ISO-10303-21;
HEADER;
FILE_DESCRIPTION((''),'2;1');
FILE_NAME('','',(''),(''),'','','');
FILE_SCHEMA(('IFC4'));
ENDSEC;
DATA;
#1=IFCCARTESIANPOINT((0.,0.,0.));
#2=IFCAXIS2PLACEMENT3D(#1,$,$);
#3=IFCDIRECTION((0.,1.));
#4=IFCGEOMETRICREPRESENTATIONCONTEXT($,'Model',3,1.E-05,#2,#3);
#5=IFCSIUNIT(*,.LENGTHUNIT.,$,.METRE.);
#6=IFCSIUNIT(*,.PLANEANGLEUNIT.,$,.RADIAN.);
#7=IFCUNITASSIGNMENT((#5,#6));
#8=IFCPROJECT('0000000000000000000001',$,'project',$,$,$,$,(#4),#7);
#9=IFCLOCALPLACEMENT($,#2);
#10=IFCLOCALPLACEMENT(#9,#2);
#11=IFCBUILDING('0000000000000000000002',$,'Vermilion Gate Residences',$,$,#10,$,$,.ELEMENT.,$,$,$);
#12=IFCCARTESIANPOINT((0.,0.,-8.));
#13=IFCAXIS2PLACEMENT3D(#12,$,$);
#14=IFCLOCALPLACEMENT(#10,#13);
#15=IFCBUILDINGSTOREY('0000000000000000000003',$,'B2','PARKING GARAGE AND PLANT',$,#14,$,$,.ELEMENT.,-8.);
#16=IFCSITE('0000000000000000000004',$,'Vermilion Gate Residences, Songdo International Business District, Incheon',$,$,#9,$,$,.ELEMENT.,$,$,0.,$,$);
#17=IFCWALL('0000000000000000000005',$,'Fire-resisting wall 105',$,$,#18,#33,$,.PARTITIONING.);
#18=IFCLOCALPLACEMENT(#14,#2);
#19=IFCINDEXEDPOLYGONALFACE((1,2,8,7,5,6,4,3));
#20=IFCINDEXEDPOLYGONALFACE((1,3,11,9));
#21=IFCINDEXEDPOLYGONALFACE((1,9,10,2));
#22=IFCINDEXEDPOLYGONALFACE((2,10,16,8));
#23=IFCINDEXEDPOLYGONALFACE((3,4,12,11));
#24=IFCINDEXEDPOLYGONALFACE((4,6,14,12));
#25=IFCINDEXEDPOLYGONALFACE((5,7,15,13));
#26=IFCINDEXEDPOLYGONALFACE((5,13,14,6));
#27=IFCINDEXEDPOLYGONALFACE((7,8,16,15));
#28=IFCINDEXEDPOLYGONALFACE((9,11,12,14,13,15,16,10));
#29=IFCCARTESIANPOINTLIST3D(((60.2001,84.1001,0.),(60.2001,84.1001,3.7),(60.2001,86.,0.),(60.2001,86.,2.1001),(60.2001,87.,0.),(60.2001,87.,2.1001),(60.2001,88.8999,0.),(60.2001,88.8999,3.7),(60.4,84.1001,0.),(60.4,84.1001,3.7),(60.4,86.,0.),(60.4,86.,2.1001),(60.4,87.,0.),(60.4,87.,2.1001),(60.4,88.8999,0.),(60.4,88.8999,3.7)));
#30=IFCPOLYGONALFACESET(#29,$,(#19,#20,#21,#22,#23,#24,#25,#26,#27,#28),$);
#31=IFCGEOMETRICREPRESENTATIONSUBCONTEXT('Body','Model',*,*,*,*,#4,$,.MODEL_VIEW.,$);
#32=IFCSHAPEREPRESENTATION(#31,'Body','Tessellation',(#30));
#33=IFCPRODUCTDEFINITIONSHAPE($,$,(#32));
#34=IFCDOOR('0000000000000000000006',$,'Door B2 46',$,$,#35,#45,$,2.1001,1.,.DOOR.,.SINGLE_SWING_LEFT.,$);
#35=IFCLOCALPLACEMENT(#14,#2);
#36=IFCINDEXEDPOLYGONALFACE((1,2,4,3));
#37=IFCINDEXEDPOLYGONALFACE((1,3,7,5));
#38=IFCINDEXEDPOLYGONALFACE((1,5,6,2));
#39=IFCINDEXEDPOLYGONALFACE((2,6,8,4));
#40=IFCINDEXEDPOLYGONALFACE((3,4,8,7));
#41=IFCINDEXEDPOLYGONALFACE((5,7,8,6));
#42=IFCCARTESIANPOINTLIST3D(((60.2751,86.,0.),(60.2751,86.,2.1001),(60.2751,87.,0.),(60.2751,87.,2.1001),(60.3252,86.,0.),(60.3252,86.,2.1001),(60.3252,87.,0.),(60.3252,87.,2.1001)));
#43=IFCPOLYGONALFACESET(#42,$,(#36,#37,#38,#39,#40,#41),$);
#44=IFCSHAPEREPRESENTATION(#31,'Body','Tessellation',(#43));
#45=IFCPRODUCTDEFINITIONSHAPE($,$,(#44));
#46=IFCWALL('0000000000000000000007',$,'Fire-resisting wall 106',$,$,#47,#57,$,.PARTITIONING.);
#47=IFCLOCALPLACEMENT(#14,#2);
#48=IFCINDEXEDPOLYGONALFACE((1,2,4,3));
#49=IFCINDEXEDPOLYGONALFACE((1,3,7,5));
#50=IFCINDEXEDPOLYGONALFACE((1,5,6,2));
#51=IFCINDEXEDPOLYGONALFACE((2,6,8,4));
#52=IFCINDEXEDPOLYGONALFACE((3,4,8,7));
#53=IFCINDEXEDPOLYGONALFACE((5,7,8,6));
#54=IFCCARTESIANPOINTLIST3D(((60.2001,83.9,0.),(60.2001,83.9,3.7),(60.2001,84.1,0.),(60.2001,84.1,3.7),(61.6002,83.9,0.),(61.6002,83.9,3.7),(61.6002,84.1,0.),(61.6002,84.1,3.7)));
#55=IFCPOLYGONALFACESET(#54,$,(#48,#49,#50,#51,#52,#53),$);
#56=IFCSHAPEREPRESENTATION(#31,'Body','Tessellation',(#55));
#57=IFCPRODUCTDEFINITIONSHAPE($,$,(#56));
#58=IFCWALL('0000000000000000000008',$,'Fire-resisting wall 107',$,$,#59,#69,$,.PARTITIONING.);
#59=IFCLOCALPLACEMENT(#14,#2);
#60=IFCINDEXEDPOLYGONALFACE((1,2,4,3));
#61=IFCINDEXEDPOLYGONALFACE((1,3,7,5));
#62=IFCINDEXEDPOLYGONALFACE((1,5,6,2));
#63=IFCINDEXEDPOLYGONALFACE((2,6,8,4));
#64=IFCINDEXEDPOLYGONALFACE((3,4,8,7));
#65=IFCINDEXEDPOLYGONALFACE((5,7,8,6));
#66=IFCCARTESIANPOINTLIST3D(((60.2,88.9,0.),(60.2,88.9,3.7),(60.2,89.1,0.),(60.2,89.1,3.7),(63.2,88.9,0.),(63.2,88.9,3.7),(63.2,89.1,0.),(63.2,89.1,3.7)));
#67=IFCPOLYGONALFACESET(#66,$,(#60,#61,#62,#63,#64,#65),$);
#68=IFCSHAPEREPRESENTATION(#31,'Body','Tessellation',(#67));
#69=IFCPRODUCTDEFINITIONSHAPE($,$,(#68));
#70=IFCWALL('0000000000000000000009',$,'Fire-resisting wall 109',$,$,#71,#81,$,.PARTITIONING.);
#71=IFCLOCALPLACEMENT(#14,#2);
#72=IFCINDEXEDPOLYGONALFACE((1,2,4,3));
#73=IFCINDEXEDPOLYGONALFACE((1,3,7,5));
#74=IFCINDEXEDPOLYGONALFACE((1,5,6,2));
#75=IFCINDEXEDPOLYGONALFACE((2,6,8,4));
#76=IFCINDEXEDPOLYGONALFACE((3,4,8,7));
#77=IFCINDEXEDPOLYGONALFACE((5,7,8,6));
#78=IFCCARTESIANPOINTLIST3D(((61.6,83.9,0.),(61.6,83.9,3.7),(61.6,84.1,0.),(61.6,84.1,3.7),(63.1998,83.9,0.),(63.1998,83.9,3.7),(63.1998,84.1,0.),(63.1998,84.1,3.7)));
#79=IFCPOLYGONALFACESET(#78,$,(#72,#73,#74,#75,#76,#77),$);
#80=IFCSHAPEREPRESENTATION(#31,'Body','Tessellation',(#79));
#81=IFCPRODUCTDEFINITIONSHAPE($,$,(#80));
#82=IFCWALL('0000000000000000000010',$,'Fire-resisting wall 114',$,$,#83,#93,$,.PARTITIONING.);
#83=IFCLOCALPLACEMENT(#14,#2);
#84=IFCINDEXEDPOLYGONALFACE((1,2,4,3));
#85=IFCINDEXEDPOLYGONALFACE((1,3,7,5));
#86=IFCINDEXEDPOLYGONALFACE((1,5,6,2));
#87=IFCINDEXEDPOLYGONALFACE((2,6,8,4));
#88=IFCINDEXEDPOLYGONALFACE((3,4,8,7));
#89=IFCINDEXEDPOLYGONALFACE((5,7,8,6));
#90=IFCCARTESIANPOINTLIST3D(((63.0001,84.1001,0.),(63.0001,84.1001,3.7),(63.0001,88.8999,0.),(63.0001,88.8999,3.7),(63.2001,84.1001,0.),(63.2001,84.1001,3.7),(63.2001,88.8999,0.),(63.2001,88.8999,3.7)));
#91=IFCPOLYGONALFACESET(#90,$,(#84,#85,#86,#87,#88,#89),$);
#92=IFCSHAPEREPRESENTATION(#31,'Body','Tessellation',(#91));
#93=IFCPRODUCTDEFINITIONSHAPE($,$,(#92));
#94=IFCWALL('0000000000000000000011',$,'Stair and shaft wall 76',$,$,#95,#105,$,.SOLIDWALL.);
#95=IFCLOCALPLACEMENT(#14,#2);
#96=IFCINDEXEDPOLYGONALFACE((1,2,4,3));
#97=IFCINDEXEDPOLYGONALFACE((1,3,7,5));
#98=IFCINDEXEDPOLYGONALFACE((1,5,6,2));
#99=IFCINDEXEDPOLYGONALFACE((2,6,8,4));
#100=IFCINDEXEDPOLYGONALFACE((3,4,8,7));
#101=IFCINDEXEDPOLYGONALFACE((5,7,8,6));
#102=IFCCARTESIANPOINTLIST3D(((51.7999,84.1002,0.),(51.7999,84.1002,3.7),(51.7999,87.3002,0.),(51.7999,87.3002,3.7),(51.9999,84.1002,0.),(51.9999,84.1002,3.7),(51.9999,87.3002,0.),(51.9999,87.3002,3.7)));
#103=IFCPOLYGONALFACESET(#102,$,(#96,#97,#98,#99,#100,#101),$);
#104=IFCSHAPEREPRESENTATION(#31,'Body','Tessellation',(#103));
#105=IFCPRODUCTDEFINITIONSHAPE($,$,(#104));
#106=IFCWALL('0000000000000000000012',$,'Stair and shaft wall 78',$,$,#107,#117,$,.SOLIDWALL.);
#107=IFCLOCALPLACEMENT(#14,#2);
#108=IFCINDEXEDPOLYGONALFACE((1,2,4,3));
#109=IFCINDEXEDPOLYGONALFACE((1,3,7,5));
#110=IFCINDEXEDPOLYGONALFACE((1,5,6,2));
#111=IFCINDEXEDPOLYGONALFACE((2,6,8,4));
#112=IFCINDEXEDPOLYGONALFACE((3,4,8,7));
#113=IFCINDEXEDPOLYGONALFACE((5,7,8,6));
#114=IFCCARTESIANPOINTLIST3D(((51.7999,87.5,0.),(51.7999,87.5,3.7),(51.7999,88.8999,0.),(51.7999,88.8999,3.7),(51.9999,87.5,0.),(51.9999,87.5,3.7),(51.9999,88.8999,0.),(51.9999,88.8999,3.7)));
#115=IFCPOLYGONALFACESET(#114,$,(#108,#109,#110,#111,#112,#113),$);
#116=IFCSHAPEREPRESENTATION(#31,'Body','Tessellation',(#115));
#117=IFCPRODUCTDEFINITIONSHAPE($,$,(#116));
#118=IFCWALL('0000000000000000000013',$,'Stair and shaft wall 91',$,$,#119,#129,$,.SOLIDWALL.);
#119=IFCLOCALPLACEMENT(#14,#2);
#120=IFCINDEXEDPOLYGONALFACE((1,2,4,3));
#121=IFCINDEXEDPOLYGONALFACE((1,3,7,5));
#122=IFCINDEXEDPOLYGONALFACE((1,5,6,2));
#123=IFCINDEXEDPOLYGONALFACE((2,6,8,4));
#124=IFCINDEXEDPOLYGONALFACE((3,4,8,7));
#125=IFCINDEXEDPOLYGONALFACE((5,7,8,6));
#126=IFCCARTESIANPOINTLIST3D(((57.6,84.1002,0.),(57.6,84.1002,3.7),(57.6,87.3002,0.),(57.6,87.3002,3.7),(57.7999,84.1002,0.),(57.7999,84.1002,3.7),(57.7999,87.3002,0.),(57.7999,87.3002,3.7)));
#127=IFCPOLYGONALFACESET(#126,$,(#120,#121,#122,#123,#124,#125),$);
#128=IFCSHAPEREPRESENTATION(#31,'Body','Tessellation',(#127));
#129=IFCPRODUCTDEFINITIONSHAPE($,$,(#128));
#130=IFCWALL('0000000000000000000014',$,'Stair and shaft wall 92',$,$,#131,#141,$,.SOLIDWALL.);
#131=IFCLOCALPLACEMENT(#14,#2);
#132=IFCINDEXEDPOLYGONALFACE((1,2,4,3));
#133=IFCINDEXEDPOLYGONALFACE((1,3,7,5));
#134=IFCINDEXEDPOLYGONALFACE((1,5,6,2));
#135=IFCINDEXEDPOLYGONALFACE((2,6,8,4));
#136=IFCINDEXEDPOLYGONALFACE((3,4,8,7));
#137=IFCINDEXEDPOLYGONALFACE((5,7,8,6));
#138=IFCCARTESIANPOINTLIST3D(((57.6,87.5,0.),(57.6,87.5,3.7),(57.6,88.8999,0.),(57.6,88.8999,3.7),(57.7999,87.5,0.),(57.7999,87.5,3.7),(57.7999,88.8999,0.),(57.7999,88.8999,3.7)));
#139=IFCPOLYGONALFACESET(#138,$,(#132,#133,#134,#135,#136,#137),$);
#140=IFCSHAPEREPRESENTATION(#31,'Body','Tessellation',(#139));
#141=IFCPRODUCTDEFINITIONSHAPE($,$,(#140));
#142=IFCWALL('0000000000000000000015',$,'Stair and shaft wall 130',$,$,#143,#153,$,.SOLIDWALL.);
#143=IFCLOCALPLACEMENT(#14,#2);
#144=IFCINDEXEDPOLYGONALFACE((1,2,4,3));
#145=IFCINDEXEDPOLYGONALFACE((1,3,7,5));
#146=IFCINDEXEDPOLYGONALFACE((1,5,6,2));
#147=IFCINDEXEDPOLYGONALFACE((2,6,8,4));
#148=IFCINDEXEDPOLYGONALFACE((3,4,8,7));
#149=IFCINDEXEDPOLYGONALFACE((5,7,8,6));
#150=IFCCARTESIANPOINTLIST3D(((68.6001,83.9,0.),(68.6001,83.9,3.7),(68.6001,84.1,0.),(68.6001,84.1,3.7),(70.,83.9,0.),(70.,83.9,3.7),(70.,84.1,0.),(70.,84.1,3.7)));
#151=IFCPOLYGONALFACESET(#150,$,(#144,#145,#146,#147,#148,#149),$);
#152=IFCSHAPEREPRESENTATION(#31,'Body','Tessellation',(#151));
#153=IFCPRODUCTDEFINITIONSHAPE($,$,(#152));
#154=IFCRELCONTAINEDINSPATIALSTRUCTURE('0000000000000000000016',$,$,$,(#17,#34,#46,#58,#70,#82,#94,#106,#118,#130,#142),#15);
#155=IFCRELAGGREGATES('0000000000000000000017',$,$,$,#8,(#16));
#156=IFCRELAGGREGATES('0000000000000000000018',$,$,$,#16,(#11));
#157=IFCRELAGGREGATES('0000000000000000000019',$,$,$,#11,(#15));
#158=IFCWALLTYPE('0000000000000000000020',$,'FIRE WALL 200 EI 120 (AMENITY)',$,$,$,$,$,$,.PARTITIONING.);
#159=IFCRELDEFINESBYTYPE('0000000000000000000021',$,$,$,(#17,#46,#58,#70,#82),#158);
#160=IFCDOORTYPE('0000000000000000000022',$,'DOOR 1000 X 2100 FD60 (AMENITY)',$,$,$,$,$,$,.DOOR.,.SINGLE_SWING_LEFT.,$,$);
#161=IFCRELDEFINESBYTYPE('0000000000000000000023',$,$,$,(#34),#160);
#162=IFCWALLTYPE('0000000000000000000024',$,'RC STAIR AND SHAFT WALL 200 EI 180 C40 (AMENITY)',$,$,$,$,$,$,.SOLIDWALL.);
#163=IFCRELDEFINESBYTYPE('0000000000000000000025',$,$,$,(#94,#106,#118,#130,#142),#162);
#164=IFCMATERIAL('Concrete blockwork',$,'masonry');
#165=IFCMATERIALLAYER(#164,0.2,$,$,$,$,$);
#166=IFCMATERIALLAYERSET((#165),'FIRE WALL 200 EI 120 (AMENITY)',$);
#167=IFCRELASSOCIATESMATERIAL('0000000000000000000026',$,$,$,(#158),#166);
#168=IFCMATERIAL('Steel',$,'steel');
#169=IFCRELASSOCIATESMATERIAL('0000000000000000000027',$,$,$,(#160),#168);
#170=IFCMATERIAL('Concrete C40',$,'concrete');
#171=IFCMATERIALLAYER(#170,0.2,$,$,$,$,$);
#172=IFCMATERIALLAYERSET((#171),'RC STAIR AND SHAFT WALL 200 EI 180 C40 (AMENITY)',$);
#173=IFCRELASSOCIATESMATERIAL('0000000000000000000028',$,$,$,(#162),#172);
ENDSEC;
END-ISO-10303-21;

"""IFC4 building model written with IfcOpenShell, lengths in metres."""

from ifc_helpers import new_model, si_unit, direction, frame, frame_2d, origin, place, context, subcontext, project, spatial, rectangle, extrude, material, layer, layer_set, type_object, element, fill, save


model = new_model("IFC4")

# Units and contexts
model_context = context("Model", 3, precision=1e-05, world=origin(), true_north=direction((0.0, 1.0)))
body_context = subcontext(model_context, "Body", "Model", "MODEL_VIEW")
ifc_project = project(units=[si_unit("LENGTHUNIT", "METRE"), si_unit("PLANEANGLEUNIT", "RADIAN")], contexts=[model_context])

# Site, building, storey
site_placement = place(None, origin())
site = spatial("IfcSite", under=ifc_project, at=site_placement, Name="Vermilion Gate Residences, Songdo International Business District, Incheon", CompositionType="ELEMENT", RefElevation=0.0)
building_placement = place(site_placement, origin())
building = spatial("IfcBuilding", under=site, at=building_placement, Name="Vermilion Gate Residences", CompositionType="ELEMENT")
storey_placement = place(building_placement, frame((0.0, 0.0, -8.0)))
storey = spatial("IfcBuildingStorey", under=building, at=storey_placement, Name="B2", Description="PARKING GARAGE AND PLANT", CompositionType="ELEMENT", Elevation=-8.0)

# Wall, opening, door
ifc_material_1 = material(Name="Concrete blockwork", Category="masonry")
ifc_layer_1 = layer(ifc_material_1, 0.2)
ifc_layer_set_1 = layer_set([ifc_layer_1], Name="FIRE WALL 200 EI 120 (AMENITY)")
wall_type_1 = type_object("IfcWallType", Name="FIRE WALL 200 EI 120 (AMENITY)", PredefinedType="PARTITIONING", material=ifc_layer_set_1)
wall_1_placement = place(storey_placement, frame((60.3, 84.1001, 0.0), z_axis=(0.0, 0.0, 1.0), x_axis=(0.0, 1.0, 0.0)))
wall_1 = element("IfcWall", 1, at=wall_1_placement, inside=storey, type_object=wall_type_1, Name="Fire-resisting wall 105", PredefinedType="PARTITIONING", context=body_context, shape_type="SweptSolid", body=[
    extrude(rectangle(XDim=4.7998, YDim=0.2, at=frame_2d((2.3999, 0.0))), origin(), (0.0, 0.0, 1.0), 3.7),
])
opening_placement = place(wall_1_placement, frame((1.8999, 0.0, 0.0)))
opening = element("IfcOpeningElement", 2, at=opening_placement, cuts=wall_1, PredefinedType="OPENING", context=body_context, shape_type="SweptSolid", body=[
    extrude(rectangle(XDim=1.0, YDim=2.1001, at=frame_2d((0.5, 1.05))), frame((0.0, 0.1099, 0.0), z_axis=(0.0, -1.0, 0.0), x_axis=(1.0, 0.0, 0.0)), (0.0, 0.0, 1.0), 0.22),
])
ifc_material_2 = material(Name="Steel", Category="steel")
door_type = type_object("IfcDoorType", Name="DOOR 1000 X 2100 FD60 (AMENITY)", OperationType="SINGLE_SWING_LEFT", PredefinedType="DOOR", material=ifc_material_2)
door_placement = place(opening_placement, origin())
door = element("IfcDoor", 3, at=door_placement, inside=storey, type_object=door_type, Name="Door B2 46", OperationType="SINGLE_SWING_LEFT", OverallHeight=2.1001, OverallWidth=1.0, PredefinedType="DOOR", context=body_context, shape_type="SweptSolid", body=[
    extrude(rectangle(XDim=1.0, YDim=2.1001, at=frame_2d((0.5, 1.05))), frame((0.0, 0.0249, 0.0), z_axis=(0.0, -1.0, 0.0), x_axis=(1.0, 0.0, 0.0)), (0.0, 0.0, 1.0), 0.05),
])
fill(opening, door)

# Walls
wall_2_placement = place(storey_placement, frame((60.2, 84.0, 0.0), z_axis=(0.0, 0.0, 1.0), x_axis=(1.0, 0.0, 0.0)))
element("IfcWall", 4, at=wall_2_placement, inside=storey, type_object=wall_type_1, Name="Fire-resisting wall 106", PredefinedType="PARTITIONING", context=body_context, shape_type="SweptSolid", body=[
    extrude(rectangle(XDim=1.4001, YDim=0.2, at=frame_2d((0.7002, 0.0))), origin(), (0.0, 0.0, 1.0), 3.7),
])
wall_3_placement = place(storey_placement, frame((60.2, 89.0, 0.0), z_axis=(0.0, 0.0, 1.0), x_axis=(1.0, 0.0, 0.0)))
element("IfcWall", 5, at=wall_3_placement, inside=storey, type_object=wall_type_1, Name="Fire-resisting wall 107", PredefinedType="PARTITIONING", context=body_context, shape_type="SweptSolid", body=[
    extrude(rectangle(XDim=3.0, YDim=0.2, at=frame_2d((1.5, 0.0))), origin(), (0.0, 0.0, 1.0), 3.7),
])
wall_4_placement = place(storey_placement, frame((61.6001, 84.0, 0.0), z_axis=(0.0, 0.0, 1.0), x_axis=(1.0, 0.0, 0.0)))
element("IfcWall", 6, at=wall_4_placement, inside=storey, type_object=wall_type_1, Name="Fire-resisting wall 109", PredefinedType="PARTITIONING", context=body_context, shape_type="SweptSolid", body=[
    extrude(rectangle(XDim=1.5999, YDim=0.2, at=frame_2d((0.7998, 0.0))), origin(), (0.0, 0.0, 1.0), 3.7),
])
wall_5_placement = place(storey_placement, frame((63.1001, 84.1001, 0.0), z_axis=(0.0, 0.0, 1.0), x_axis=(0.0, 1.0, 0.0)))
element("IfcWall", 7, at=wall_5_placement, inside=storey, type_object=wall_type_1, Name="Fire-resisting wall 114", PredefinedType="PARTITIONING", context=body_context, shape_type="SweptSolid", body=[
    extrude(rectangle(XDim=4.7998, YDim=0.2, at=frame_2d((2.3999, 0.0))), origin(), (0.0, 0.0, 1.0), 3.7),
])
ifc_material_3 = material(Name="Concrete C40", Category="concrete")
ifc_layer_2 = layer(ifc_material_3, 0.2)
ifc_layer_set_2 = layer_set([ifc_layer_2], Name="RC STAIR AND SHAFT WALL 200 EI 180 C40 (AMENITY)")
wall_type_2 = type_object("IfcWallType", Name="RC STAIR AND SHAFT WALL 200 EI 180 C40 (AMENITY)", PredefinedType="SOLIDWALL", material=ifc_layer_set_2)
wall_6_placement = place(storey_placement, frame((51.8999, 84.1001, 0.0), z_axis=(0.0, 0.0, 1.0), x_axis=(0.0, 1.0, 0.0)))
element("IfcWall", 8, at=wall_6_placement, inside=storey, type_object=wall_type_2, Name="Stair and shaft wall 76", PredefinedType="SOLIDWALL", context=body_context, shape_type="SweptSolid", body=[
    extrude(rectangle(XDim=3.2, YDim=0.2, at=frame_2d((1.6001, 0.0))), origin(), (0.0, 0.0, 1.0), 3.7),
])
wall_7_placement = place(storey_placement, frame((51.8999, 87.5, 0.0), z_axis=(0.0, 0.0, 1.0), x_axis=(0.0, 1.0, 0.0)))
element("IfcWall", 9, at=wall_7_placement, inside=storey, type_object=wall_type_2, Name="Stair and shaft wall 78", PredefinedType="SOLIDWALL", context=body_context, shape_type="SweptSolid", body=[
    extrude(rectangle(XDim=1.3999, YDim=0.2, at=frame_2d((0.7, 0.0))), origin(), (0.0, 0.0, 1.0), 3.7),
])
wall_8_placement = place(storey_placement, frame((57.7, 84.1001, 0.0), z_axis=(0.0, 0.0, 1.0), x_axis=(0.0, 1.0, 0.0)))
element("IfcWall", 10, at=wall_8_placement, inside=storey, type_object=wall_type_2, Name="Stair and shaft wall 91", PredefinedType="SOLIDWALL", context=body_context, shape_type="SweptSolid", body=[
    extrude(rectangle(XDim=3.2, YDim=0.2, at=frame_2d((1.6001, 0.0))), origin(), (0.0, 0.0, 1.0), 3.7),
])
for number, where, z_axis, x_axis, name in (
    (11, (57.7, 87.5, 0.0), (0.0, 0.0, 1.0), (0.0, 1.0, 0.0), "Stair and shaft wall 92"),
    (12, (68.6001, 84.0, 0.0), (0.0, 0.0, 1.0), (1.0, 0.0, 0.0), "Stair and shaft wall 130"),
):
    element("IfcWall", number, at=place(storey_placement, frame(where, z_axis=z_axis, x_axis=x_axis)), inside=storey, type_object=wall_type_2, Name=name, PredefinedType="SOLIDWALL", context=body_context, shape_type="SweptSolid", body=[
        extrude(rectangle(XDim=1.3999, YDim=0.2, at=frame_2d((0.7, 0.0))), origin(), (0.0, 0.0, 1.0), 3.7),
    ])

save(model, "model.ifc")
